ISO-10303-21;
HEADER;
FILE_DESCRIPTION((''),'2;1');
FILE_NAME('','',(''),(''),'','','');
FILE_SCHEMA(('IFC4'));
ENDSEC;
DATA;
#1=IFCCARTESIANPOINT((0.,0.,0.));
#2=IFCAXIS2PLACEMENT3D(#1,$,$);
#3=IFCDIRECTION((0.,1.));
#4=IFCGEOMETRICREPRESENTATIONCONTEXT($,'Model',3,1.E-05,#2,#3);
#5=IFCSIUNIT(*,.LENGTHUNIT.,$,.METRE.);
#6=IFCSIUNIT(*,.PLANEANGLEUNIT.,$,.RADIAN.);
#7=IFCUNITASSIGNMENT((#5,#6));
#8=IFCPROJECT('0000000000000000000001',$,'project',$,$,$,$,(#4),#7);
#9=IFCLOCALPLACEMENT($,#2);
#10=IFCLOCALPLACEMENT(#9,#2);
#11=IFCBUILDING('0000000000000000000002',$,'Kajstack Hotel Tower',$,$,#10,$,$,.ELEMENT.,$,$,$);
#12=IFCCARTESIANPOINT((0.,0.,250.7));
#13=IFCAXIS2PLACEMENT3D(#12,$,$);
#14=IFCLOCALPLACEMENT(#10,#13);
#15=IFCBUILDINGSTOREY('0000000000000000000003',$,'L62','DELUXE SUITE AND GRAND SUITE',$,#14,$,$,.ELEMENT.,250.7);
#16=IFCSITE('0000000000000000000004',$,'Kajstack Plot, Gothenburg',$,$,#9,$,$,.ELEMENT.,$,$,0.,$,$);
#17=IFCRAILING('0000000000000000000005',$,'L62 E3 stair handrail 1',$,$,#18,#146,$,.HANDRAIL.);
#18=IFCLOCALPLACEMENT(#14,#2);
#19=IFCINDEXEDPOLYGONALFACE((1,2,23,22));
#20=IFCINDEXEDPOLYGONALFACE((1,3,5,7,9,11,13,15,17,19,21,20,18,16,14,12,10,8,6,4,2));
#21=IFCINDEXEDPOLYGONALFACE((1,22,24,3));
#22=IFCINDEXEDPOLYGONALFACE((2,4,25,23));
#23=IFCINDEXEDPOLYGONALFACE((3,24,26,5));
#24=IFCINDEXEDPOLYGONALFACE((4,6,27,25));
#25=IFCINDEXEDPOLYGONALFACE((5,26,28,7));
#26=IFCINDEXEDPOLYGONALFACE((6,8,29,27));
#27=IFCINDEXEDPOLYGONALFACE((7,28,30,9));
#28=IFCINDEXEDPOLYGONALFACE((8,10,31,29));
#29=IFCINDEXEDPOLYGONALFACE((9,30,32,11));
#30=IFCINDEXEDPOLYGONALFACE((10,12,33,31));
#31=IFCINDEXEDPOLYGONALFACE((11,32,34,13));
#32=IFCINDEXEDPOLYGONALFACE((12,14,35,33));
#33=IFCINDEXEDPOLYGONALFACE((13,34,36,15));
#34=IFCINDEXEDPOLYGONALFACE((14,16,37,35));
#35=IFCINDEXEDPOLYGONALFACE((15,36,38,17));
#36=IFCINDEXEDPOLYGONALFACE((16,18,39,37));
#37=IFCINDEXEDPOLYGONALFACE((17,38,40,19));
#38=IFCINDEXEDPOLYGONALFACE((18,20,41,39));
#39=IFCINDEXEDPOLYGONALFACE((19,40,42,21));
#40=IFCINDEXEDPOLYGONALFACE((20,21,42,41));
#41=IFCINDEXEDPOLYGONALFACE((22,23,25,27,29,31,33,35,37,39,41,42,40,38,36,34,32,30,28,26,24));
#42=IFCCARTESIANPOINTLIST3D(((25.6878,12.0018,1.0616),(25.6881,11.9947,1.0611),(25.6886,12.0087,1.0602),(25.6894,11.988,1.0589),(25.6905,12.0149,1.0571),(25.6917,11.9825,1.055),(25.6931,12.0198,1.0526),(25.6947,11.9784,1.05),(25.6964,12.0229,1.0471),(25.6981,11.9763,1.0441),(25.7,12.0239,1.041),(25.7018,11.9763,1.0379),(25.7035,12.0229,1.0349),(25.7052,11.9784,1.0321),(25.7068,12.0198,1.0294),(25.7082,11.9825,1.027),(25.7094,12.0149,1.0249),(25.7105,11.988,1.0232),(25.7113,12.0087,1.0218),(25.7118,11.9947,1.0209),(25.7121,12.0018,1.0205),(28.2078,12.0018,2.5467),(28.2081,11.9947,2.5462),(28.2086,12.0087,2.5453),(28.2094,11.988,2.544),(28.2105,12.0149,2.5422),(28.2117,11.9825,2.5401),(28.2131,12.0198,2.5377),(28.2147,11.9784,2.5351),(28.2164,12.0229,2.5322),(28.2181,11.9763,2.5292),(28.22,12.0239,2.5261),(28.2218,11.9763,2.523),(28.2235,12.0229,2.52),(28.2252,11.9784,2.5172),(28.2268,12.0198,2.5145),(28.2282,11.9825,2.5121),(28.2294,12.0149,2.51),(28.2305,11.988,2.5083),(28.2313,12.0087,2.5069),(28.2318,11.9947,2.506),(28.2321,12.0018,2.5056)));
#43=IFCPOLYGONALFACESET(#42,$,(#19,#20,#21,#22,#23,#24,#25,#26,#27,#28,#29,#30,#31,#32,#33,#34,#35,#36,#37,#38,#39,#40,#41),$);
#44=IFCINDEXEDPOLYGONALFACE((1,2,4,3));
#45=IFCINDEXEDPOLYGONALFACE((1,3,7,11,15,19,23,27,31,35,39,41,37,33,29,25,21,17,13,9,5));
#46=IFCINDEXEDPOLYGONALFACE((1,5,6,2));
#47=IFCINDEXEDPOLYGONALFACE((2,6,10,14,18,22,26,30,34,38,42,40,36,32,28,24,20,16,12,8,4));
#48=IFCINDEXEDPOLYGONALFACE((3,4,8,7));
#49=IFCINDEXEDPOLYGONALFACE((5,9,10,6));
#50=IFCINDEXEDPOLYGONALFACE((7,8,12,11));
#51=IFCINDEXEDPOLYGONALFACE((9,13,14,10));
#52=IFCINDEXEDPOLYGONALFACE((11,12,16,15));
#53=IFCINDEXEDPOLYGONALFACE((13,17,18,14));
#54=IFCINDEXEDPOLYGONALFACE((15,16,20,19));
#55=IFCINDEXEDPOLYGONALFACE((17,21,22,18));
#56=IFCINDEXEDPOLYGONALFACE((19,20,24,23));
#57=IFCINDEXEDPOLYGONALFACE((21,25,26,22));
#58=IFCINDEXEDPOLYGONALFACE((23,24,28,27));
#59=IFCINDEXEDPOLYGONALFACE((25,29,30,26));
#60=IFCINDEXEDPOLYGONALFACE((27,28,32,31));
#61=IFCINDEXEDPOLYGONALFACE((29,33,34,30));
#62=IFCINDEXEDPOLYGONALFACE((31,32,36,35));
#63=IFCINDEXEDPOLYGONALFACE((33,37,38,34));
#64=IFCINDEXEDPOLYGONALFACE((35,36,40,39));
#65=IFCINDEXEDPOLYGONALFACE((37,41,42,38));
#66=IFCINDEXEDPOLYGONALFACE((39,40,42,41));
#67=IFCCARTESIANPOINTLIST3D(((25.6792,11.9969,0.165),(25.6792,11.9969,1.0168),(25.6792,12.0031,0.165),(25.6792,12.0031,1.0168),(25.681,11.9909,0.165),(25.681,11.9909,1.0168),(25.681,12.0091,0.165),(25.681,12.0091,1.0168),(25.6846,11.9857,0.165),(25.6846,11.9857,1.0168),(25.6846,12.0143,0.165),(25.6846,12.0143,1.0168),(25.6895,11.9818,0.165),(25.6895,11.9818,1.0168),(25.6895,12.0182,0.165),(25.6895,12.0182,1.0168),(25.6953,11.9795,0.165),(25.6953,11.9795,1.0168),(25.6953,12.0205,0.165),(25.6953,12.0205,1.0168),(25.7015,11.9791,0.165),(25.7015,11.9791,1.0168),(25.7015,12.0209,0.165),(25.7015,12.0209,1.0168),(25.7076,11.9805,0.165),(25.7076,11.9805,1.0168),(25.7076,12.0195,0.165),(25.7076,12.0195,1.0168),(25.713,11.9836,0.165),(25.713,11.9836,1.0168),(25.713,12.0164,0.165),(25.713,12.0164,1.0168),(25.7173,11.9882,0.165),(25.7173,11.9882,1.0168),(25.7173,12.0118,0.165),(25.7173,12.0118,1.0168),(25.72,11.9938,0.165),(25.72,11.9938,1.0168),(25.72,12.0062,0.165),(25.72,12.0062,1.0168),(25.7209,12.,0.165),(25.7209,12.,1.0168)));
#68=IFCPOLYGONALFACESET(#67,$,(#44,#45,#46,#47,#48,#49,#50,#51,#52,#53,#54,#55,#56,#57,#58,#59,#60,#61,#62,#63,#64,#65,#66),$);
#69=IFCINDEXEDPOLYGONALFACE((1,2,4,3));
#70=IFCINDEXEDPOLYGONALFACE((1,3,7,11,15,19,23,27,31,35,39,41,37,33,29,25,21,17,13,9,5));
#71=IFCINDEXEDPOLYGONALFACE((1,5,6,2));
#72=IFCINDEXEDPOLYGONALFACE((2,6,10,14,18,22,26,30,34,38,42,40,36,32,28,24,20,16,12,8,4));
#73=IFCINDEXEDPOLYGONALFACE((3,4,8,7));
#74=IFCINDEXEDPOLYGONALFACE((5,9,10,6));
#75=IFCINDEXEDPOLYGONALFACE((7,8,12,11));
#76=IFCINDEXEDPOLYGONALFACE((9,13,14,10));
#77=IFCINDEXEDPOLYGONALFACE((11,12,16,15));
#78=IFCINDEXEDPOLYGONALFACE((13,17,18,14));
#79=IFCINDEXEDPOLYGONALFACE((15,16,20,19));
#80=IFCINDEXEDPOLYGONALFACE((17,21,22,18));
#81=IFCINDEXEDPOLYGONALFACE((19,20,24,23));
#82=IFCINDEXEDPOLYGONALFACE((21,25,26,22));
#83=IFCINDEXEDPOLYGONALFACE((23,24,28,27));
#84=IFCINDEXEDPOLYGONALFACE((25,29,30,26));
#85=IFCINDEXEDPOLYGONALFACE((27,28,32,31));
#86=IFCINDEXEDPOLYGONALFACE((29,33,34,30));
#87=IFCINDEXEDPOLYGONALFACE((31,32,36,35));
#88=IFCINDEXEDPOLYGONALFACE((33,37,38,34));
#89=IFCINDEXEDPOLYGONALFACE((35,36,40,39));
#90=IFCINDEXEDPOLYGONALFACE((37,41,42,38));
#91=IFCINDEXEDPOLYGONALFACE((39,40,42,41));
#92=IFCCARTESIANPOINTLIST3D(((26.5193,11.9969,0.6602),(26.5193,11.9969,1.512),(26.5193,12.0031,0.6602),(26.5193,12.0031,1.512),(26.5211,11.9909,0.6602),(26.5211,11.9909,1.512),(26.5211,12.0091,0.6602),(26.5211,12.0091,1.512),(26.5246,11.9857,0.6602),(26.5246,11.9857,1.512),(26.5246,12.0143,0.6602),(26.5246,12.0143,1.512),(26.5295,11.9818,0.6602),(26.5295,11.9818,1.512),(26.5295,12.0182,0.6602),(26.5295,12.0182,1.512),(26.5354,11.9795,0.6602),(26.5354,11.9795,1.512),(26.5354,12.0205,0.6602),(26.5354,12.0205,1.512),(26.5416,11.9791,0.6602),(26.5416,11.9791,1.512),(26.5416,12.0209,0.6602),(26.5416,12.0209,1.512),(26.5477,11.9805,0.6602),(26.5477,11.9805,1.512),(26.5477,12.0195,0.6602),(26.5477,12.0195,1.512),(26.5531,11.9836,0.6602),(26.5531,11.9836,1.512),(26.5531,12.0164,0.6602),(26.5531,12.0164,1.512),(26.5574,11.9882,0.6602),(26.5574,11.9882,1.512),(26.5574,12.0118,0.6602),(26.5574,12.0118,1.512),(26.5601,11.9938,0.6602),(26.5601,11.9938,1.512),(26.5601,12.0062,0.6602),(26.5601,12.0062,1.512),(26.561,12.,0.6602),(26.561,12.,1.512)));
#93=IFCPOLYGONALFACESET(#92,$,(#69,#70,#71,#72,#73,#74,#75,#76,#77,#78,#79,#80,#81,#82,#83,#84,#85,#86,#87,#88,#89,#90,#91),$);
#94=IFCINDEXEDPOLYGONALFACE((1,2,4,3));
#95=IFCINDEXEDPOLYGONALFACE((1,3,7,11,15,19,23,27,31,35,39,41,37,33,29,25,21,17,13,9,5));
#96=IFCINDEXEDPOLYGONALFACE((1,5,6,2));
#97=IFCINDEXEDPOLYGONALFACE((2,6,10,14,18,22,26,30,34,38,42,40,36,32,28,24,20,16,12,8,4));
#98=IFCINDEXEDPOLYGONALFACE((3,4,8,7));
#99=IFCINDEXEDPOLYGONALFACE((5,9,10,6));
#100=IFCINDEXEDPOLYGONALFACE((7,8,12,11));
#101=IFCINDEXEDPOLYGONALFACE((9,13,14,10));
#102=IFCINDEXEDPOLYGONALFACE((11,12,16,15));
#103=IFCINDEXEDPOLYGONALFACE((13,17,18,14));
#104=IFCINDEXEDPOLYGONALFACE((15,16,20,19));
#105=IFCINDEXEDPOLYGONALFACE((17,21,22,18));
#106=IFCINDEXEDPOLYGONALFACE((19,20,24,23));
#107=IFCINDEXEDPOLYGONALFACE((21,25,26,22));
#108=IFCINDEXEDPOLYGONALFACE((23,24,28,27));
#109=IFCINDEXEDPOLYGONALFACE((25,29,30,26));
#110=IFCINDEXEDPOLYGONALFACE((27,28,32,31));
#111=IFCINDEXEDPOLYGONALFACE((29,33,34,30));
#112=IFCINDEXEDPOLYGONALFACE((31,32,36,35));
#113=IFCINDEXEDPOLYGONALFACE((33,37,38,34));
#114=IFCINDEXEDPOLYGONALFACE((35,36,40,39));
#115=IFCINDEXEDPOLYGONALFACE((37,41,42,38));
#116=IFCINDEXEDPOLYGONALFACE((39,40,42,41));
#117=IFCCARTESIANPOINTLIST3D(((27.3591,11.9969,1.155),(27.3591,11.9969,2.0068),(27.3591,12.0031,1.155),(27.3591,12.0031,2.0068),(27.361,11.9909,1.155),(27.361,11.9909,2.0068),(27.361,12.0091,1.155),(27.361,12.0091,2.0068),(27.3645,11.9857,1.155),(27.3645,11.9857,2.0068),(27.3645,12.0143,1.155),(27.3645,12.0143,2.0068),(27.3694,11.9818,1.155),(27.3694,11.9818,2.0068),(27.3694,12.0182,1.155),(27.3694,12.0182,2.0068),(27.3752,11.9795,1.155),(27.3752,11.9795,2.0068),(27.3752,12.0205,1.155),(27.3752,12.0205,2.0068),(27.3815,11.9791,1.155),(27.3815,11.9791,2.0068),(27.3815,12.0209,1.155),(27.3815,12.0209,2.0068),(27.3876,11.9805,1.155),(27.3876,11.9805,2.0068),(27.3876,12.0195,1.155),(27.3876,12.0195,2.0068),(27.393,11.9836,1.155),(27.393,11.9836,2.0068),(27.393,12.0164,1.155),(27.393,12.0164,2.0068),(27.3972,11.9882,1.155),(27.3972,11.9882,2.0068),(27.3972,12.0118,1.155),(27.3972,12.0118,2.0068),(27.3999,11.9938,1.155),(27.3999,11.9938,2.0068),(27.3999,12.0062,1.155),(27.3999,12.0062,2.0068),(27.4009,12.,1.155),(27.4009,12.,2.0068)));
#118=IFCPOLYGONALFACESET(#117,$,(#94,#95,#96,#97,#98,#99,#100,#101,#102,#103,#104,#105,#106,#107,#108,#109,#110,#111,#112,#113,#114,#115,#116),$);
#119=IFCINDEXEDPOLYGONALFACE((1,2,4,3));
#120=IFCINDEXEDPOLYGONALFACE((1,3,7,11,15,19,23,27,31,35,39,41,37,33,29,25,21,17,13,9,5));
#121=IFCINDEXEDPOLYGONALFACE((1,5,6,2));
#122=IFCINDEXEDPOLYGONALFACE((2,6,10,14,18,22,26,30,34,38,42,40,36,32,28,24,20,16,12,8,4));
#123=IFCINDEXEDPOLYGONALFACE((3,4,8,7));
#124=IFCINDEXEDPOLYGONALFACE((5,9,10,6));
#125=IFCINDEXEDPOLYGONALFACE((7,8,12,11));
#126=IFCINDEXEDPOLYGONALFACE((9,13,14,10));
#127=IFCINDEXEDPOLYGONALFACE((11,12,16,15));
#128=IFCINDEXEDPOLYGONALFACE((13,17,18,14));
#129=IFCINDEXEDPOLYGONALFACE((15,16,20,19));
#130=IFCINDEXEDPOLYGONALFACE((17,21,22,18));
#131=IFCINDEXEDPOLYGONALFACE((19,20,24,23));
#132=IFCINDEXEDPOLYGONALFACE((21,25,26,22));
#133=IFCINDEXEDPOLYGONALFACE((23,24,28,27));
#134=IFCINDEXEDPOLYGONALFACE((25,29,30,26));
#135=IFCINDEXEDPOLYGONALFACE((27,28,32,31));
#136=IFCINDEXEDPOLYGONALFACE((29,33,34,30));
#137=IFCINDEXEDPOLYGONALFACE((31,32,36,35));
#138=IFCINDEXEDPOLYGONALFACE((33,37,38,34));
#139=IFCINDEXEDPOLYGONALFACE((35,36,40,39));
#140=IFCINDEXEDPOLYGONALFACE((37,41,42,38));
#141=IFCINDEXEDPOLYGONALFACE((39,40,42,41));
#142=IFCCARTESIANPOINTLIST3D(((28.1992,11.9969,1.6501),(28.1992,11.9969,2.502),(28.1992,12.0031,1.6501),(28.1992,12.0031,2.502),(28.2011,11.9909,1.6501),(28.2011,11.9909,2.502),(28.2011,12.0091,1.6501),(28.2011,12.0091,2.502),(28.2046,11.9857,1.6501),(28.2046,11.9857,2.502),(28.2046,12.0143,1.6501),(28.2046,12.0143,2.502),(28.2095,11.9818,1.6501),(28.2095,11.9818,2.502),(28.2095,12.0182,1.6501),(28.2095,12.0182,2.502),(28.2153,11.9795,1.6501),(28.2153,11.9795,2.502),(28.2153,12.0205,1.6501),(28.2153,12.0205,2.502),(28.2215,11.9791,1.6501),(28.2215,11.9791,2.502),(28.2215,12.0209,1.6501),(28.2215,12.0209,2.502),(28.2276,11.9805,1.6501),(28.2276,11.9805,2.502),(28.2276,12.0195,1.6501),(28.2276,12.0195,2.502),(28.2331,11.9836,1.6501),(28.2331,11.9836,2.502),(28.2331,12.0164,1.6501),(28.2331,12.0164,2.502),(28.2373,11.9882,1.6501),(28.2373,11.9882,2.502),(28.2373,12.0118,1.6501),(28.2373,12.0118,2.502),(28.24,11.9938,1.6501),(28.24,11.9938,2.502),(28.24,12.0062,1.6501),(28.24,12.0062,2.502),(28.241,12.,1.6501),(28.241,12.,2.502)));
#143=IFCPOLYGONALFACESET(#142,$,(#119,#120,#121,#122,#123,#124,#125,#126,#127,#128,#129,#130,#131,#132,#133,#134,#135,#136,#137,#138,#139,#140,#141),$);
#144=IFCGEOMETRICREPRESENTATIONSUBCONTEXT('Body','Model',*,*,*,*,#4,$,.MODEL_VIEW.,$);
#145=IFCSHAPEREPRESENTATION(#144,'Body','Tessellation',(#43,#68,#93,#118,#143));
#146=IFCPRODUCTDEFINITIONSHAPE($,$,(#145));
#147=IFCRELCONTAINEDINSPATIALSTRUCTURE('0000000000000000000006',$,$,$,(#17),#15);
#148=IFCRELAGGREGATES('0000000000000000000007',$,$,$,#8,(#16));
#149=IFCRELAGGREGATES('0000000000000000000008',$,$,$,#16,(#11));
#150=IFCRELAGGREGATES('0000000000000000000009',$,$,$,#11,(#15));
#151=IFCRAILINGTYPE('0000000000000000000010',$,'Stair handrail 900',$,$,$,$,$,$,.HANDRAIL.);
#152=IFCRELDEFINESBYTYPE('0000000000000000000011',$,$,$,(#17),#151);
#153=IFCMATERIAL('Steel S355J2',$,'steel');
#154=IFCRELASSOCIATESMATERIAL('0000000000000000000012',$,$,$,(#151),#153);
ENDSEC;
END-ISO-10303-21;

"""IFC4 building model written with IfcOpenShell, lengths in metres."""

from ifc_helpers import new_model, si_unit, direction, frame, origin, origin_2d, place, context, subcontext, project, spatial, circle, extrude, material, type_object, element, save


model = new_model("IFC4")

# Units and contexts
model_context = context("Model", 3, precision=1e-05, world=origin(), true_north=direction((0.0, 1.0)))
body_context = subcontext(model_context, "Body", "Model", "MODEL_VIEW")
ifc_project = project(units=[si_unit("LENGTHUNIT", "METRE"), si_unit("PLANEANGLEUNIT", "RADIAN")], contexts=[model_context])

# Site, building, storey
site_placement = place(None, origin())
site = spatial("IfcSite", under=ifc_project, at=site_placement, Name="Kajstack Plot, Gothenburg", CompositionType="ELEMENT", RefElevation=0.0)
building_placement = place(site_placement, origin())
building = spatial("IfcBuilding", under=site, at=building_placement, Name="Kajstack Hotel Tower", CompositionType="ELEMENT")
storey_placement = place(building_placement, frame((0.0, 0.0, 250.7)))
storey = spatial("IfcBuildingStorey", under=building, at=storey_placement, Name="L62", Description="DELUXE SUITE AND GRAND SUITE", CompositionType="ELEMENT", Elevation=250.7)

# Railing
ifc_material_1 = material(Name="Steel S355J2", Category="steel")
railing_type_1 = type_object("IfcRailingType", Name="Stair handrail 900", PredefinedType="HANDRAIL", material=ifc_material_1)
railing_1_placement = place(storey_placement, frame((25.7, 12.0, 0.165)))
element("IfcRailing", 1, at=railing_1_placement, inside=storey, type_object=railing_type_1, Name="L62 E3 stair handrail 1", PredefinedType="HANDRAIL", context=body_context, shape_type="SweptSolid", body=[
    extrude(circle(Radius=0.0239, at=origin_2d()), frame((0.0, 0.0, 0.876), z_axis=(0.861524, 0.0, 0.507717), x_axis=(0.0, 1.0, 0.0)), (0.0, 0.0, 1.0), 2.925),
    extrude(circle(Radius=0.021, at=origin_2d()), origin(), (0.0, 0.0, 1.0), 0.8518),
    extrude(circle(Radius=0.021, at=origin_2d()), frame((0.8401, 0.0, 0.4951)), (0.0, 0.0, 1.0), 0.8518),
    extrude(circle(Radius=0.021, at=origin_2d()), frame((1.6799, 0.0, 0.99)), (0.0, 0.0, 1.0), 0.8518),
    extrude(circle(Radius=0.021, at=origin_2d()), frame((2.52, 0.0, 1.4851)), (0.0, 0.0, 1.0), 0.8518),
])

save(model, "model.ifc")
